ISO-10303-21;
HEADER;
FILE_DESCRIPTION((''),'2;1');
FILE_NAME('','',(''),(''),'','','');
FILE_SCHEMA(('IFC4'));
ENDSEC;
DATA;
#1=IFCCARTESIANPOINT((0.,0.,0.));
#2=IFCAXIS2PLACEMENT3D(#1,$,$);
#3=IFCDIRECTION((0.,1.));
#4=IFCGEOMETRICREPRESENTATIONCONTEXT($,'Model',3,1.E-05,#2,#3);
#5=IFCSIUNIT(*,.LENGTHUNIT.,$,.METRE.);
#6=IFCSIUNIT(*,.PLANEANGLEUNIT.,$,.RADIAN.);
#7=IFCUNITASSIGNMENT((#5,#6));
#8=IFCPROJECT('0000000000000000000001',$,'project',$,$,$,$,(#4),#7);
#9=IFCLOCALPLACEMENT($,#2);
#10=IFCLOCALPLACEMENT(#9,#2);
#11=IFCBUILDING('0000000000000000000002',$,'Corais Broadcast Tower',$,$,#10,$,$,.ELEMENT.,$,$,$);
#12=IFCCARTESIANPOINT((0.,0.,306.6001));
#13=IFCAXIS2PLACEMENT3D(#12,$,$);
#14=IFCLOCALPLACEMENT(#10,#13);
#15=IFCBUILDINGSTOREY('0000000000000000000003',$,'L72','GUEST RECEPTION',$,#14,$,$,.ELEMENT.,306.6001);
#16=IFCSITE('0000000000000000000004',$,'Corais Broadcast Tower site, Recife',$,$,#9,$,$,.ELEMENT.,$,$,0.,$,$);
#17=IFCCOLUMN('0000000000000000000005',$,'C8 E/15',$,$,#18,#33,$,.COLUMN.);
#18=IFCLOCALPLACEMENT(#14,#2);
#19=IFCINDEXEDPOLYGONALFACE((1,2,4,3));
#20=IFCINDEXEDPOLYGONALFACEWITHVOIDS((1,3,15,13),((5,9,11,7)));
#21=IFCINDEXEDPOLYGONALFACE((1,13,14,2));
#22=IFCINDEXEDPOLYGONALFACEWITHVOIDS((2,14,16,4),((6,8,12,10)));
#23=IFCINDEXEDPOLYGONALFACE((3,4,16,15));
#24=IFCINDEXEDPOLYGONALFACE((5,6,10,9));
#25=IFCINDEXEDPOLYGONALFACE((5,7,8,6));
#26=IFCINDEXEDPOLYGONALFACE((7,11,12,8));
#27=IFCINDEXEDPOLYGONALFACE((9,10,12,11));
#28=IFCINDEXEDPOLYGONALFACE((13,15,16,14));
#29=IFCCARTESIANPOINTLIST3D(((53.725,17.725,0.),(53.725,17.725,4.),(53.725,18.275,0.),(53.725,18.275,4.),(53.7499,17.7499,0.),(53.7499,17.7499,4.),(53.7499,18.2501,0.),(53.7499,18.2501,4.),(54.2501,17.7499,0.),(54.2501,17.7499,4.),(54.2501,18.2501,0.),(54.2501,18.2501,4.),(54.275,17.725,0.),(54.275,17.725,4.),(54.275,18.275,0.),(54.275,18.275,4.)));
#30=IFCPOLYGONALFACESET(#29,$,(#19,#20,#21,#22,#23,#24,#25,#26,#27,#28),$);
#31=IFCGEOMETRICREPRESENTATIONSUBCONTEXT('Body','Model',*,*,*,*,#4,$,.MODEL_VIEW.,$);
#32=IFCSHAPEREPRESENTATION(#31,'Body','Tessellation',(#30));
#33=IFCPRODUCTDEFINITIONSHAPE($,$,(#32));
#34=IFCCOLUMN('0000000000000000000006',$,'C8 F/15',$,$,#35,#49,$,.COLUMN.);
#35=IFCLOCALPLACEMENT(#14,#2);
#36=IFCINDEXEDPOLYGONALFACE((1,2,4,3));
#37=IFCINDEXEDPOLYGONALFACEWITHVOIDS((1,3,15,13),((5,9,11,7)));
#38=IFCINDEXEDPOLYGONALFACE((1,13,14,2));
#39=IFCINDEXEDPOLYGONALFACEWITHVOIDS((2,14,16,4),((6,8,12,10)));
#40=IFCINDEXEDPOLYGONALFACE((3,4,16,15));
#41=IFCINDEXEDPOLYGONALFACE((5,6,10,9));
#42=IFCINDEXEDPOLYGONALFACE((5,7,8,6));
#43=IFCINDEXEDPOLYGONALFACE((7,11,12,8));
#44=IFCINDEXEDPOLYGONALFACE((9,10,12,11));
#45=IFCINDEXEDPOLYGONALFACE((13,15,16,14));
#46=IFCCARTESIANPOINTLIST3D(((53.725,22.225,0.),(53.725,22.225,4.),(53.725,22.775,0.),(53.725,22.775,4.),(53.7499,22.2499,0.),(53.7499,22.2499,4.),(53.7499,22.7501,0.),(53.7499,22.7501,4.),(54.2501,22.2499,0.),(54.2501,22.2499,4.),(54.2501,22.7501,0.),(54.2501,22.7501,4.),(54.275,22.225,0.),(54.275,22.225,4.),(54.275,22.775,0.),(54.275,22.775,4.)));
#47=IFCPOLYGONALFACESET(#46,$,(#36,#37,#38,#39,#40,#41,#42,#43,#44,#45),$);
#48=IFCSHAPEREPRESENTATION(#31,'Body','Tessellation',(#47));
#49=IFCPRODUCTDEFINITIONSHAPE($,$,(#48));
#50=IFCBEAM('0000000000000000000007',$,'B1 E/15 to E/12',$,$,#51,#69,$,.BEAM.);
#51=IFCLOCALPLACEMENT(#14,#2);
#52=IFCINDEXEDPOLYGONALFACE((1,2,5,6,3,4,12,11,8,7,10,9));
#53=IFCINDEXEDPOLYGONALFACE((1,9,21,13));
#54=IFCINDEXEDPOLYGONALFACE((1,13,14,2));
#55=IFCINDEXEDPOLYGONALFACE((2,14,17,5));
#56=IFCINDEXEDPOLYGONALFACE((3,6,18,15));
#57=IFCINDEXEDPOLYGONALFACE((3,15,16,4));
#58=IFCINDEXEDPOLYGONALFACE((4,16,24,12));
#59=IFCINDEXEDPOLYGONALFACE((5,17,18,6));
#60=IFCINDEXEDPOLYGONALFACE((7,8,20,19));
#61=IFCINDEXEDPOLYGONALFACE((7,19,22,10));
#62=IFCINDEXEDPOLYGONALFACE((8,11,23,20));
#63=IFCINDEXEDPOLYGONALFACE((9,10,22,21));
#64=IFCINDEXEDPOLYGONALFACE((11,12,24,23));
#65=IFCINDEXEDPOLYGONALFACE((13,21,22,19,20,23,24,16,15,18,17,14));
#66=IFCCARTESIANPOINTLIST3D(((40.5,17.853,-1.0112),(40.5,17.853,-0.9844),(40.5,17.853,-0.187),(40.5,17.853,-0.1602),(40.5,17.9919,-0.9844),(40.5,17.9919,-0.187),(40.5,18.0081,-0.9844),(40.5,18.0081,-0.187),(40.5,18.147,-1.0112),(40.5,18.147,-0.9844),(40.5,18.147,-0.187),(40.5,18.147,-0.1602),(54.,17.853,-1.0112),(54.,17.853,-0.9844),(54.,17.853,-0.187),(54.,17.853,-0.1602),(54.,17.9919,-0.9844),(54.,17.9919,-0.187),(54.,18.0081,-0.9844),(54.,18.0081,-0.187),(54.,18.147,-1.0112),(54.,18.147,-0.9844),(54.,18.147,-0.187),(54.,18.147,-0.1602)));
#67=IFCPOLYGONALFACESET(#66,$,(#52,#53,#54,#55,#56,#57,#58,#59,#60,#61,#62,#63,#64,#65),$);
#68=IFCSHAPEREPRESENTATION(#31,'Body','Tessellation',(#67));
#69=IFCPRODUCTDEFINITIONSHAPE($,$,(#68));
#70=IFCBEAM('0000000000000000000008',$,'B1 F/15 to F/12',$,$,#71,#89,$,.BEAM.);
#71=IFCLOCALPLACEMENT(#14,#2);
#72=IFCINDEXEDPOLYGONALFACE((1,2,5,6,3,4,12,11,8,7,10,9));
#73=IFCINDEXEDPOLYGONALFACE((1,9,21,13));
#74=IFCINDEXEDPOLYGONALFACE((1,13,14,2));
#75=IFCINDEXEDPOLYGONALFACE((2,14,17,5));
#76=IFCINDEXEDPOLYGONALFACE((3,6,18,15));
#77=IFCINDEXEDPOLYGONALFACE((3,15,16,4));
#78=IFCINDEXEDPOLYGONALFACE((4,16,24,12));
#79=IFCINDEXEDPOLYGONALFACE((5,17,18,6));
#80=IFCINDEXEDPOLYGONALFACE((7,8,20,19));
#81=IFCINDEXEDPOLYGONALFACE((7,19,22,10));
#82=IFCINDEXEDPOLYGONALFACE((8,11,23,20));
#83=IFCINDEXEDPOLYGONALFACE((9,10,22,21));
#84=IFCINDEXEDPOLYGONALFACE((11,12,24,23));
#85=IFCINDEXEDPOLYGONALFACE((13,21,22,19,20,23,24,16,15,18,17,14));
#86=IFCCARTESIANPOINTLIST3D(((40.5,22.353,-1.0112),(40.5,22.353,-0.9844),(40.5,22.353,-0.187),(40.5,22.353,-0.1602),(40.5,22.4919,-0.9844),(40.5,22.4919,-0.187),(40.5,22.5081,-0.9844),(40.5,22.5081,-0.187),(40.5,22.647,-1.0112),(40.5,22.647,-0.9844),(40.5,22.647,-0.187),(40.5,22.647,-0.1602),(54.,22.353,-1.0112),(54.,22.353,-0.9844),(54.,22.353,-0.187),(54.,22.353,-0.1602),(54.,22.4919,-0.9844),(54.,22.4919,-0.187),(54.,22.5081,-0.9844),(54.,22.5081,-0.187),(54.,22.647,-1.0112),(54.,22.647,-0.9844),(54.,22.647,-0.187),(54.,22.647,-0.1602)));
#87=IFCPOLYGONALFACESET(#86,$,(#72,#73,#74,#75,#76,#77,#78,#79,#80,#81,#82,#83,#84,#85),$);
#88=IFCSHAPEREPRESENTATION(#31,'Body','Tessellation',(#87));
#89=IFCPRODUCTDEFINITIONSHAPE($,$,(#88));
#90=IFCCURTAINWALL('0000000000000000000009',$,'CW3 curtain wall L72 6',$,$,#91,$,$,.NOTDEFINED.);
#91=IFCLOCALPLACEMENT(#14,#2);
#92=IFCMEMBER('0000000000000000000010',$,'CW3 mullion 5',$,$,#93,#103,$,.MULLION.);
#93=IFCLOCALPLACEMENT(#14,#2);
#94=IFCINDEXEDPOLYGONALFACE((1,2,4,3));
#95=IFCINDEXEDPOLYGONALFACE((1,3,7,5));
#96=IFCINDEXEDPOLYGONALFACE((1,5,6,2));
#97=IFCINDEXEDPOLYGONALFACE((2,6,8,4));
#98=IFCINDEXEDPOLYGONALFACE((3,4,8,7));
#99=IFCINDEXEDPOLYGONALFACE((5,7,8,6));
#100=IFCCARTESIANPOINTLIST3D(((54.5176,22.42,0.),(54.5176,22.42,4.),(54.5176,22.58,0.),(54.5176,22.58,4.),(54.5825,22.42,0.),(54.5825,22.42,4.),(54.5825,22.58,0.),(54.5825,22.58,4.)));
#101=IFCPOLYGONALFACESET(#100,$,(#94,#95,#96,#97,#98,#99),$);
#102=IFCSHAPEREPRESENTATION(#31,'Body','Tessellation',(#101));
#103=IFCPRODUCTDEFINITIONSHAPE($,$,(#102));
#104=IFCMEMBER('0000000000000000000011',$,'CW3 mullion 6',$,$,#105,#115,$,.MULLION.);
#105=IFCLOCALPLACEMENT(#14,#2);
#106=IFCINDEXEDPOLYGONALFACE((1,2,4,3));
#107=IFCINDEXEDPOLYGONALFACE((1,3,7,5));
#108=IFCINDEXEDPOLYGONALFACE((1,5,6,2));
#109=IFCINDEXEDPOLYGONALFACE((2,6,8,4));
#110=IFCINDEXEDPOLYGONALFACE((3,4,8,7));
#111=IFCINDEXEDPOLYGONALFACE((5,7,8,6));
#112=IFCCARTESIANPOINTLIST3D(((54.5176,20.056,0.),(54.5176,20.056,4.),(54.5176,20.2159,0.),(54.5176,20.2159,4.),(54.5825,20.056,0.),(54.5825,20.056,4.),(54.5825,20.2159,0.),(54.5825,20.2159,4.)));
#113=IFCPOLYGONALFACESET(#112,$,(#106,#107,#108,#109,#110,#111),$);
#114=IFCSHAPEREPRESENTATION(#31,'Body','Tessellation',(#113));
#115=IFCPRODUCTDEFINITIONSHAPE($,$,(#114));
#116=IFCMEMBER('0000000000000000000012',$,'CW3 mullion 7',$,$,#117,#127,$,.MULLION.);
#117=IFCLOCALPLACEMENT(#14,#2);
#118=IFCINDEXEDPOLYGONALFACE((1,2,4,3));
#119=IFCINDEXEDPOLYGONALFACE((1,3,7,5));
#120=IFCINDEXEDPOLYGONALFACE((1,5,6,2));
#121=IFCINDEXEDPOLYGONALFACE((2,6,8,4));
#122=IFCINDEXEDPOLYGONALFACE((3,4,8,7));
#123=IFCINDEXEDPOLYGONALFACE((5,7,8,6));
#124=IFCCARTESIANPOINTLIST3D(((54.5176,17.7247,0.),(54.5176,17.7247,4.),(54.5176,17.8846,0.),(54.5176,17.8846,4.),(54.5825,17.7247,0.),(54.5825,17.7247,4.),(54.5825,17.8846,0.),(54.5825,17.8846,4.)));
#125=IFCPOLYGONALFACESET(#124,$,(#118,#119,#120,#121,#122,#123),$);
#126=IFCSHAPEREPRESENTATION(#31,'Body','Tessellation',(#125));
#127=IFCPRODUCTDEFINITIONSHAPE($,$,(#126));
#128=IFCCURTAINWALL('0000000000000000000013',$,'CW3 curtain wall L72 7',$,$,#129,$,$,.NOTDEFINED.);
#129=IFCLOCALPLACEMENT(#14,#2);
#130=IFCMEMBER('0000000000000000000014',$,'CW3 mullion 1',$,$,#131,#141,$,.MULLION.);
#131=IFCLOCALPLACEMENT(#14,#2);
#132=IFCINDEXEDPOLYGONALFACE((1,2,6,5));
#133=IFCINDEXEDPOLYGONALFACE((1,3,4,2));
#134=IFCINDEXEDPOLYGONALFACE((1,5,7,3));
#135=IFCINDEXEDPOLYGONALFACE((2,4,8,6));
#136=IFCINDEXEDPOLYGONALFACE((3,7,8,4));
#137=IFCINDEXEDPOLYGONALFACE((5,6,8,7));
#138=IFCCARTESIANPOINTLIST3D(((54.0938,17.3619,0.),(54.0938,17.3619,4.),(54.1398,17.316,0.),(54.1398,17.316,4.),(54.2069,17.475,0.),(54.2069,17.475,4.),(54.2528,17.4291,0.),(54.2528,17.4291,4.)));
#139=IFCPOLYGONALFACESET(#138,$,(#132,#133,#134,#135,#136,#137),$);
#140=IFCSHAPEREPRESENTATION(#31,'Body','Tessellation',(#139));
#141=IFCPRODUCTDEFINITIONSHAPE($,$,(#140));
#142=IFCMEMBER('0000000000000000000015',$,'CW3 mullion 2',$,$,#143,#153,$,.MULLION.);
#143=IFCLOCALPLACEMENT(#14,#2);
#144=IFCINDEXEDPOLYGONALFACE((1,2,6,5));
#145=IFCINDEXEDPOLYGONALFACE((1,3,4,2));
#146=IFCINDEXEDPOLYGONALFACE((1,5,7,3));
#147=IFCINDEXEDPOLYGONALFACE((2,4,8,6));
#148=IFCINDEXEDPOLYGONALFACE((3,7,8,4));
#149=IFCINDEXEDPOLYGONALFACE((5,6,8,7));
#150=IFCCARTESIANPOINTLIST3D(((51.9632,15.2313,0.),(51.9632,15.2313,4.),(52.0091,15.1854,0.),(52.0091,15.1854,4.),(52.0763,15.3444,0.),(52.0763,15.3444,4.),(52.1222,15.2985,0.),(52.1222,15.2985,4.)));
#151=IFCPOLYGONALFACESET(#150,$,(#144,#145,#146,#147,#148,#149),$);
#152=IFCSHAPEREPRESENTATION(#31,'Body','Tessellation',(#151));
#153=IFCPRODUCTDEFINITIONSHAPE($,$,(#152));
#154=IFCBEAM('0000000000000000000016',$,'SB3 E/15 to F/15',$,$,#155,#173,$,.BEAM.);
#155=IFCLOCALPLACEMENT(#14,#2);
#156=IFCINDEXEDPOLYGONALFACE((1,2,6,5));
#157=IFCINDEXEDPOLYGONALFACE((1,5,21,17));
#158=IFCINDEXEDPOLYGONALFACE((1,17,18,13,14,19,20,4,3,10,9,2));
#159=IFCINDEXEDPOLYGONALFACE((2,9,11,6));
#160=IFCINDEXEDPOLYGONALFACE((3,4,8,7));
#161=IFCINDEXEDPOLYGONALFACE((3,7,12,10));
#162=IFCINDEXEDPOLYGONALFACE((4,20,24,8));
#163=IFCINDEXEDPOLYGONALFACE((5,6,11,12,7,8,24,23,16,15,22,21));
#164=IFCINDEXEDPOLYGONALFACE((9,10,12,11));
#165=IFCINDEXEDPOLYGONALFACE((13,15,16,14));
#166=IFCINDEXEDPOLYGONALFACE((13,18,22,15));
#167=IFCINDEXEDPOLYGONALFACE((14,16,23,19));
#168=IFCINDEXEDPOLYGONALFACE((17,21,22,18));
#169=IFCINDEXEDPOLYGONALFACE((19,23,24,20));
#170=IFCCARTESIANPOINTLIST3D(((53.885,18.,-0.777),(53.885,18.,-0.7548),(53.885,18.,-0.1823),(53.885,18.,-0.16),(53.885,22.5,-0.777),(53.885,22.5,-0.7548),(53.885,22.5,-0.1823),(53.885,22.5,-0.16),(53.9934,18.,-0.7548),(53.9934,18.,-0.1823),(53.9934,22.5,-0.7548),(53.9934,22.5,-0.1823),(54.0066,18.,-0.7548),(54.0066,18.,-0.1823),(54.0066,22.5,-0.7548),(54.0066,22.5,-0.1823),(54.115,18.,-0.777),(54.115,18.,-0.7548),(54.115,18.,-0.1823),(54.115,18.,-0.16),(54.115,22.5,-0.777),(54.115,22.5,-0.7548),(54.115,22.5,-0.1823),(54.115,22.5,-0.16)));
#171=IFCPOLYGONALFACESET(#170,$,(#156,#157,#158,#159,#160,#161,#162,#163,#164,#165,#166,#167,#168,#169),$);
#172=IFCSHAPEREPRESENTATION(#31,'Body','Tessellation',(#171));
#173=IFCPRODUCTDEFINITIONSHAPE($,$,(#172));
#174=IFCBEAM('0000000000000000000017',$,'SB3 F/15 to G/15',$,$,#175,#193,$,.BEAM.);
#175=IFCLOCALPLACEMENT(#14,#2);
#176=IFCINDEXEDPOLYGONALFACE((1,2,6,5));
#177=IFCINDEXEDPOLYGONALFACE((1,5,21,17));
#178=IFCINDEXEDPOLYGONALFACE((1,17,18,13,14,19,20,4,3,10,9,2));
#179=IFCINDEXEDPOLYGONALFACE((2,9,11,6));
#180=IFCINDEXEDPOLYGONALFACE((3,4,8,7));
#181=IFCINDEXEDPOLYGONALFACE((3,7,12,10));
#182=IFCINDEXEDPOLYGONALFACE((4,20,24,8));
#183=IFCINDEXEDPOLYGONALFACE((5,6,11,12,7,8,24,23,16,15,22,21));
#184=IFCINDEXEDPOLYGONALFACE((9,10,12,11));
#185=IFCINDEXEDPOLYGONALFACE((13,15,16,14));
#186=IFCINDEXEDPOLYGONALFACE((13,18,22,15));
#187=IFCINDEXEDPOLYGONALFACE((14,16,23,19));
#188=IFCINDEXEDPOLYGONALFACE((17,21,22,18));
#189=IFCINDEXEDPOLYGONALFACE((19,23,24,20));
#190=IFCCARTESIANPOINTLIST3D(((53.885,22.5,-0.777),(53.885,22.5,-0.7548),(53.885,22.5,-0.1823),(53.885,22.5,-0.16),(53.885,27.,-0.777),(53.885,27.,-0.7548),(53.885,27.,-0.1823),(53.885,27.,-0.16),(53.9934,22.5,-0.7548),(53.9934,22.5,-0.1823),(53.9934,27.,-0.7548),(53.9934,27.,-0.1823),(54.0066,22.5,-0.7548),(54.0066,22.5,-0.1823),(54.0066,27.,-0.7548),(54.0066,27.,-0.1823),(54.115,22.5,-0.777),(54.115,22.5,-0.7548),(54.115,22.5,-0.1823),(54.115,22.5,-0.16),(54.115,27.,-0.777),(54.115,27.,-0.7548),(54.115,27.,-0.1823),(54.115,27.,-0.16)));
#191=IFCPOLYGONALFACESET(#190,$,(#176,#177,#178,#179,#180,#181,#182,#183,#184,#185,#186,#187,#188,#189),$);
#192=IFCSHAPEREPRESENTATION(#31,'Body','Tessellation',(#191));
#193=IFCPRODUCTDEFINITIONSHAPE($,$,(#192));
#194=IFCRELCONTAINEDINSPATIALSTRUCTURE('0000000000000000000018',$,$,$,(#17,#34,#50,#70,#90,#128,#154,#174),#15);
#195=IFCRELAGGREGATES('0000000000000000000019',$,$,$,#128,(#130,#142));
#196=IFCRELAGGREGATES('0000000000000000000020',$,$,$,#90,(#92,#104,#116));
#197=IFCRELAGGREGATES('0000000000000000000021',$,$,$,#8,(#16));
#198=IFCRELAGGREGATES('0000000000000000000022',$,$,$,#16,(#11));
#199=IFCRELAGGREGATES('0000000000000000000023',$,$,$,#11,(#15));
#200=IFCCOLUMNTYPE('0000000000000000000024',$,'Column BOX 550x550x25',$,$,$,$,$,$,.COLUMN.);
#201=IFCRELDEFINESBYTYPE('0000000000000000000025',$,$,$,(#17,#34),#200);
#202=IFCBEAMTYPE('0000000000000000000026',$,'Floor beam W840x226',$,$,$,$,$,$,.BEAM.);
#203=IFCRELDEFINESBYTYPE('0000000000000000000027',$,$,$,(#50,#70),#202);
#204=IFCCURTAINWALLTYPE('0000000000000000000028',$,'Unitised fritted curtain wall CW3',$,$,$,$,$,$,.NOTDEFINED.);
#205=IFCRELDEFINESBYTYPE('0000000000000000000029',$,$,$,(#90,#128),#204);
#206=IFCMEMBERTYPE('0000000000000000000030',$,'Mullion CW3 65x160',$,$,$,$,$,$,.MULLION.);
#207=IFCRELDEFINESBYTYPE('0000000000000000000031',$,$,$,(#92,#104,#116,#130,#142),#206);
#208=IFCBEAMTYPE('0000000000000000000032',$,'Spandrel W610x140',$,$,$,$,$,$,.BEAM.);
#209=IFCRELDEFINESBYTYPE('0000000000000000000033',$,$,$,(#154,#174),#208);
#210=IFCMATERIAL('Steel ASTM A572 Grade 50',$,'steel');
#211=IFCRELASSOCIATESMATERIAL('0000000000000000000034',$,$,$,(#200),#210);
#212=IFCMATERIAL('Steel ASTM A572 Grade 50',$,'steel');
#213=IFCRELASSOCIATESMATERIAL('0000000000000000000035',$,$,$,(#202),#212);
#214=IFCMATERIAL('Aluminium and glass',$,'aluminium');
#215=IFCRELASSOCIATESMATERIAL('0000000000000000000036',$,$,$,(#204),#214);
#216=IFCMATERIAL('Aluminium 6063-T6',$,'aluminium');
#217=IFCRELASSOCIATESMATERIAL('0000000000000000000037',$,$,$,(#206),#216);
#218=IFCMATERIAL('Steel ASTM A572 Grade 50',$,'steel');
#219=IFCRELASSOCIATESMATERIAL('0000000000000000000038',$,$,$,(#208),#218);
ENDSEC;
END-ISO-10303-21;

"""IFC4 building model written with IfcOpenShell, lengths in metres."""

from ifc_helpers import new_model, si_unit, direction, frame, origin, origin_2d, place, context, subcontext, project, spatial, rectangle, hollow_rectangle, i_section, extrude, material, material_profile, profile_set, type_object, element, aggregate, save


model = new_model("IFC4")

# Units and contexts
model_context = context("Model", 3, precision=1e-05, world=origin(), true_north=direction((0.0, 1.0)))
body_context = subcontext(model_context, "Body", "Model", "MODEL_VIEW")
ifc_project = project(units=[si_unit("LENGTHUNIT", "METRE"), si_unit("PLANEANGLEUNIT", "RADIAN")], contexts=[model_context])

# Site, building, storey
site_placement = place(None, origin())
site = spatial("IfcSite", under=ifc_project, at=site_placement, Name="Corais Broadcast Tower site, Recife", CompositionType="ELEMENT", RefElevation=0.0)
building_placement = place(site_placement, origin())
building = spatial("IfcBuilding", under=site, at=building_placement, Name="Corais Broadcast Tower", CompositionType="ELEMENT")
storey_placement = place(building_placement, frame((0.0, 0.0, 306.6001)))
storey = spatial("IfcBuildingStorey", under=building, at=storey_placement, Name="L72", Description="GUEST RECEPTION", CompositionType="ELEMENT", Elevation=306.6001)

# Columns
ifc_material_1 = material(Name="Steel ASTM A572 Grade 50", Category="steel")
ifc_material_profile_1 = material_profile(ifc_material_1, hollow_rectangle(XDim=0.55, YDim=0.55, WallThickness=0.0249, at=origin_2d()), Name="BOX 550x550x25")
ifc_profile_set_1 = profile_set([ifc_material_profile_1], Name="Steel ASTM A572 Grade 50")
column_type = type_object("IfcColumnType", Name="Column BOX 550x550x25", PredefinedType="COLUMN", material=ifc_profile_set_1)
for number, where, z_axis, x_axis, name in (
    (1, (54.0, 18.0, 0.0), (0.0, 0.0, 1.0), (1.0, 0.0, 0.0), "C8 E/15"),
    (2, (54.0, 22.5, 0.0), (0.0, 0.0, 1.0), (1.0, 0.0, 0.0), "C8 F/15"),
):
    element("IfcColumn", number, at=place(storey_placement, frame(where, z_axis=z_axis, x_axis=x_axis)), inside=storey, type_object=column_type, Name=name, PredefinedType="COLUMN", context=body_context, shape_type="SweptSolid", body=[
        extrude(hollow_rectangle(XDim=0.55, YDim=0.55, WallThickness=0.0249, at=origin_2d()), origin(), (0.0, 0.0, 1.0), 4.0),
    ])

# Beams
ifc_material_2 = material(Name="Steel ASTM A572 Grade 50", Category="steel")
ifc_material_profile_2 = material_profile(ifc_material_2, i_section(OverallWidth=0.2939, OverallDepth=0.8511, WebThickness=0.0161, FlangeThickness=0.0269, at=origin_2d()), Name="W840x226")
ifc_profile_set_2 = profile_set([ifc_material_profile_2], Name="Steel ASTM A572 Grade 50")
beam_type_1 = type_object("IfcBeamType", Name="Floor beam W840x226", PredefinedType="BEAM", material=ifc_profile_set_2)
for number, where, z_axis, x_axis, name in (
    (3, (54.0, 18.0, -0.5857), (-1.0, 0.0, 0.0), (0.0, -1.0, 0.0), "B1 E/15 to E/12"),
    (4, (54.0, 22.5, -0.5857), (-1.0, 0.0, 0.0), (0.0, -1.0, 0.0), "B1 F/15 to F/12"),
):
    element("IfcBeam", number, at=place(storey_placement, frame(where, z_axis=z_axis, x_axis=x_axis)), inside=storey, type_object=beam_type_1, Name=name, PredefinedType="BEAM", context=body_context, shape_type="SweptSolid", body=[
        extrude(i_section(OverallWidth=0.2939, OverallDepth=0.8511, WebThickness=0.0161, FlangeThickness=0.0269, at=origin_2d()), origin(), (0.0, 0.0, 1.0), 13.5),
    ])

# Curtain walls, members
ifc_material_3 = material(Name="Aluminium and glass", Category="aluminium")
curtain_wall_type = type_object("IfcCurtainWallType", Name="Unitised fritted curtain wall CW3", PredefinedType="NOTDEFINED", material=ifc_material_3)
curtain_wall_1_placement = place(storey_placement, origin())
curtain_wall_1 = element("IfcCurtainWall", 5, at=curtain_wall_1_placement, inside=storey, type_object=curtain_wall_type, Name="CW3 curtain wall L72 6", PredefinedType="NOTDEFINED")
ifc_material_4 = material(Name="Aluminium 6063-T6", Category="aluminium")
ifc_material_profile_3 = material_profile(ifc_material_4, rectangle(XDim=0.0649, YDim=0.1599, at=origin_2d()), Name="Mullion CW3 65x160")
ifc_profile_set_3 = profile_set([ifc_material_profile_3], Name="Aluminium 6063-T6")
member_type_1 = type_object("IfcMemberType", Name="Mullion CW3 65x160", PredefinedType="MULLION", material=ifc_profile_set_3)
member_1_placement = place(storey_placement, frame((54.55, 22.5, 0.0), z_axis=(0.0, 0.0, 1.0), x_axis=(1.0, 0.0, 0.0)))
member_1 = element("IfcMember", 6, at=member_1_placement, type_object=member_type_1, Name="CW3 mullion 5", PredefinedType="MULLION", context=body_context, shape_type="SweptSolid", body=[
    extrude(rectangle(XDim=0.0649, YDim=0.1599, at=origin_2d()), origin(), (0.0, 0.0, 1.0), 4.0),
])
member_2_placement = place(storey_placement, frame((54.55, 20.136, 0.0), z_axis=(0.0, 0.0, 1.0), x_axis=(1.0, 0.0, 0.0)))
member_2 = element("IfcMember", 7, at=member_2_placement, type_object=member_type_1, Name="CW3 mullion 6", PredefinedType="MULLION", context=body_context, shape_type="SweptSolid", body=[
    extrude(rectangle(XDim=0.0649, YDim=0.1599, at=origin_2d()), origin(), (0.0, 0.0, 1.0), 4.0),
])
member_3_placement = place(storey_placement, frame((54.55, 17.8047, 0.0), z_axis=(0.0, 0.0, 1.0), x_axis=(1.0, 0.0, 0.0)))
member_3 = element("IfcMember", 8, at=member_3_placement, type_object=member_type_1, Name="CW3 mullion 7", PredefinedType="MULLION", context=body_context, shape_type="SweptSolid", body=[
    extrude(rectangle(XDim=0.0649, YDim=0.1599, at=origin_2d()), origin(), (0.0, 0.0, 1.0), 4.0),
])
curtain_wall_2_placement = place(storey_placement, origin())
curtain_wall_2 = element("IfcCurtainWall", 9, at=curtain_wall_2_placement, inside=storey, type_object=curtain_wall_type, Name="CW3 curtain wall L72 7", PredefinedType="NOTDEFINED")
member_4_placement = place(storey_placement, frame((54.1733, 17.3955, 0.0), z_axis=(0.0, 0.0, 1.0), x_axis=(0.707107, -0.707107, 0.0)))
member_4 = element("IfcMember", 10, at=member_4_placement, type_object=member_type_1, Name="CW3 mullion 1", PredefinedType="MULLION", context=body_context, shape_type="SweptSolid", body=[
    extrude(rectangle(XDim=0.0649, YDim=0.1599, at=origin_2d()), origin(), (0.0, 0.0, 1.0), 4.0),
])
member_5_placement = place(storey_placement, frame((52.0427, 15.2649, 0.0), z_axis=(0.0, 0.0, 1.0), x_axis=(0.707107, -0.707107, 0.0)))
member_5 = element("IfcMember", 11, at=member_5_placement, type_object=member_type_1, Name="CW3 mullion 2", PredefinedType="MULLION", context=body_context, shape_type="SweptSolid", body=[
    extrude(rectangle(XDim=0.0649, YDim=0.1599, at=origin_2d()), origin(), (0.0, 0.0, 1.0), 4.0),
])

# Beams
ifc_material_5 = material(Name="Steel ASTM A572 Grade 50", Category="steel")
ifc_material_profile_4 = material_profile(ifc_material_5, i_section(OverallWidth=0.23, OverallDepth=0.6169, WebThickness=0.0132, FlangeThickness=0.0222, at=origin_2d()), Name="W610x140")
ifc_profile_set_4 = profile_set([ifc_material_profile_4], Name="Steel ASTM A572 Grade 50")
beam_type_2 = type_object("IfcBeamType", Name="Spandrel W610x140", PredefinedType="BEAM", material=ifc_profile_set_4)
for number, where, z_axis, x_axis, name in (
    (12, (54.0, 18.0, -0.4685), (0.0, 1.0, 0.0), (-1.0, 0.0, 0.0), "SB3 E/15 to F/15"),
    (13, (54.0, 22.5, -0.4685), (0.0, 1.0, 0.0), (-1.0, 0.0, 0.0), "SB3 F/15 to G/15"),
):
    element("IfcBeam", number, at=place(storey_placement, frame(where, z_axis=z_axis, x_axis=x_axis)), inside=storey, type_object=beam_type_2, Name=name, PredefinedType="BEAM", context=body_context, shape_type="SweptSolid", body=[
        extrude(i_section(OverallWidth=0.23, OverallDepth=0.6169, WebThickness=0.0132, FlangeThickness=0.0222, at=origin_2d()), origin(), (0.0, 0.0, 1.0), 4.5),
    ])

aggregate(curtain_wall_2, [member_4, member_5])
aggregate(curtain_wall_1, [member_1, member_2, member_3])

save(model, "model.ifc")
